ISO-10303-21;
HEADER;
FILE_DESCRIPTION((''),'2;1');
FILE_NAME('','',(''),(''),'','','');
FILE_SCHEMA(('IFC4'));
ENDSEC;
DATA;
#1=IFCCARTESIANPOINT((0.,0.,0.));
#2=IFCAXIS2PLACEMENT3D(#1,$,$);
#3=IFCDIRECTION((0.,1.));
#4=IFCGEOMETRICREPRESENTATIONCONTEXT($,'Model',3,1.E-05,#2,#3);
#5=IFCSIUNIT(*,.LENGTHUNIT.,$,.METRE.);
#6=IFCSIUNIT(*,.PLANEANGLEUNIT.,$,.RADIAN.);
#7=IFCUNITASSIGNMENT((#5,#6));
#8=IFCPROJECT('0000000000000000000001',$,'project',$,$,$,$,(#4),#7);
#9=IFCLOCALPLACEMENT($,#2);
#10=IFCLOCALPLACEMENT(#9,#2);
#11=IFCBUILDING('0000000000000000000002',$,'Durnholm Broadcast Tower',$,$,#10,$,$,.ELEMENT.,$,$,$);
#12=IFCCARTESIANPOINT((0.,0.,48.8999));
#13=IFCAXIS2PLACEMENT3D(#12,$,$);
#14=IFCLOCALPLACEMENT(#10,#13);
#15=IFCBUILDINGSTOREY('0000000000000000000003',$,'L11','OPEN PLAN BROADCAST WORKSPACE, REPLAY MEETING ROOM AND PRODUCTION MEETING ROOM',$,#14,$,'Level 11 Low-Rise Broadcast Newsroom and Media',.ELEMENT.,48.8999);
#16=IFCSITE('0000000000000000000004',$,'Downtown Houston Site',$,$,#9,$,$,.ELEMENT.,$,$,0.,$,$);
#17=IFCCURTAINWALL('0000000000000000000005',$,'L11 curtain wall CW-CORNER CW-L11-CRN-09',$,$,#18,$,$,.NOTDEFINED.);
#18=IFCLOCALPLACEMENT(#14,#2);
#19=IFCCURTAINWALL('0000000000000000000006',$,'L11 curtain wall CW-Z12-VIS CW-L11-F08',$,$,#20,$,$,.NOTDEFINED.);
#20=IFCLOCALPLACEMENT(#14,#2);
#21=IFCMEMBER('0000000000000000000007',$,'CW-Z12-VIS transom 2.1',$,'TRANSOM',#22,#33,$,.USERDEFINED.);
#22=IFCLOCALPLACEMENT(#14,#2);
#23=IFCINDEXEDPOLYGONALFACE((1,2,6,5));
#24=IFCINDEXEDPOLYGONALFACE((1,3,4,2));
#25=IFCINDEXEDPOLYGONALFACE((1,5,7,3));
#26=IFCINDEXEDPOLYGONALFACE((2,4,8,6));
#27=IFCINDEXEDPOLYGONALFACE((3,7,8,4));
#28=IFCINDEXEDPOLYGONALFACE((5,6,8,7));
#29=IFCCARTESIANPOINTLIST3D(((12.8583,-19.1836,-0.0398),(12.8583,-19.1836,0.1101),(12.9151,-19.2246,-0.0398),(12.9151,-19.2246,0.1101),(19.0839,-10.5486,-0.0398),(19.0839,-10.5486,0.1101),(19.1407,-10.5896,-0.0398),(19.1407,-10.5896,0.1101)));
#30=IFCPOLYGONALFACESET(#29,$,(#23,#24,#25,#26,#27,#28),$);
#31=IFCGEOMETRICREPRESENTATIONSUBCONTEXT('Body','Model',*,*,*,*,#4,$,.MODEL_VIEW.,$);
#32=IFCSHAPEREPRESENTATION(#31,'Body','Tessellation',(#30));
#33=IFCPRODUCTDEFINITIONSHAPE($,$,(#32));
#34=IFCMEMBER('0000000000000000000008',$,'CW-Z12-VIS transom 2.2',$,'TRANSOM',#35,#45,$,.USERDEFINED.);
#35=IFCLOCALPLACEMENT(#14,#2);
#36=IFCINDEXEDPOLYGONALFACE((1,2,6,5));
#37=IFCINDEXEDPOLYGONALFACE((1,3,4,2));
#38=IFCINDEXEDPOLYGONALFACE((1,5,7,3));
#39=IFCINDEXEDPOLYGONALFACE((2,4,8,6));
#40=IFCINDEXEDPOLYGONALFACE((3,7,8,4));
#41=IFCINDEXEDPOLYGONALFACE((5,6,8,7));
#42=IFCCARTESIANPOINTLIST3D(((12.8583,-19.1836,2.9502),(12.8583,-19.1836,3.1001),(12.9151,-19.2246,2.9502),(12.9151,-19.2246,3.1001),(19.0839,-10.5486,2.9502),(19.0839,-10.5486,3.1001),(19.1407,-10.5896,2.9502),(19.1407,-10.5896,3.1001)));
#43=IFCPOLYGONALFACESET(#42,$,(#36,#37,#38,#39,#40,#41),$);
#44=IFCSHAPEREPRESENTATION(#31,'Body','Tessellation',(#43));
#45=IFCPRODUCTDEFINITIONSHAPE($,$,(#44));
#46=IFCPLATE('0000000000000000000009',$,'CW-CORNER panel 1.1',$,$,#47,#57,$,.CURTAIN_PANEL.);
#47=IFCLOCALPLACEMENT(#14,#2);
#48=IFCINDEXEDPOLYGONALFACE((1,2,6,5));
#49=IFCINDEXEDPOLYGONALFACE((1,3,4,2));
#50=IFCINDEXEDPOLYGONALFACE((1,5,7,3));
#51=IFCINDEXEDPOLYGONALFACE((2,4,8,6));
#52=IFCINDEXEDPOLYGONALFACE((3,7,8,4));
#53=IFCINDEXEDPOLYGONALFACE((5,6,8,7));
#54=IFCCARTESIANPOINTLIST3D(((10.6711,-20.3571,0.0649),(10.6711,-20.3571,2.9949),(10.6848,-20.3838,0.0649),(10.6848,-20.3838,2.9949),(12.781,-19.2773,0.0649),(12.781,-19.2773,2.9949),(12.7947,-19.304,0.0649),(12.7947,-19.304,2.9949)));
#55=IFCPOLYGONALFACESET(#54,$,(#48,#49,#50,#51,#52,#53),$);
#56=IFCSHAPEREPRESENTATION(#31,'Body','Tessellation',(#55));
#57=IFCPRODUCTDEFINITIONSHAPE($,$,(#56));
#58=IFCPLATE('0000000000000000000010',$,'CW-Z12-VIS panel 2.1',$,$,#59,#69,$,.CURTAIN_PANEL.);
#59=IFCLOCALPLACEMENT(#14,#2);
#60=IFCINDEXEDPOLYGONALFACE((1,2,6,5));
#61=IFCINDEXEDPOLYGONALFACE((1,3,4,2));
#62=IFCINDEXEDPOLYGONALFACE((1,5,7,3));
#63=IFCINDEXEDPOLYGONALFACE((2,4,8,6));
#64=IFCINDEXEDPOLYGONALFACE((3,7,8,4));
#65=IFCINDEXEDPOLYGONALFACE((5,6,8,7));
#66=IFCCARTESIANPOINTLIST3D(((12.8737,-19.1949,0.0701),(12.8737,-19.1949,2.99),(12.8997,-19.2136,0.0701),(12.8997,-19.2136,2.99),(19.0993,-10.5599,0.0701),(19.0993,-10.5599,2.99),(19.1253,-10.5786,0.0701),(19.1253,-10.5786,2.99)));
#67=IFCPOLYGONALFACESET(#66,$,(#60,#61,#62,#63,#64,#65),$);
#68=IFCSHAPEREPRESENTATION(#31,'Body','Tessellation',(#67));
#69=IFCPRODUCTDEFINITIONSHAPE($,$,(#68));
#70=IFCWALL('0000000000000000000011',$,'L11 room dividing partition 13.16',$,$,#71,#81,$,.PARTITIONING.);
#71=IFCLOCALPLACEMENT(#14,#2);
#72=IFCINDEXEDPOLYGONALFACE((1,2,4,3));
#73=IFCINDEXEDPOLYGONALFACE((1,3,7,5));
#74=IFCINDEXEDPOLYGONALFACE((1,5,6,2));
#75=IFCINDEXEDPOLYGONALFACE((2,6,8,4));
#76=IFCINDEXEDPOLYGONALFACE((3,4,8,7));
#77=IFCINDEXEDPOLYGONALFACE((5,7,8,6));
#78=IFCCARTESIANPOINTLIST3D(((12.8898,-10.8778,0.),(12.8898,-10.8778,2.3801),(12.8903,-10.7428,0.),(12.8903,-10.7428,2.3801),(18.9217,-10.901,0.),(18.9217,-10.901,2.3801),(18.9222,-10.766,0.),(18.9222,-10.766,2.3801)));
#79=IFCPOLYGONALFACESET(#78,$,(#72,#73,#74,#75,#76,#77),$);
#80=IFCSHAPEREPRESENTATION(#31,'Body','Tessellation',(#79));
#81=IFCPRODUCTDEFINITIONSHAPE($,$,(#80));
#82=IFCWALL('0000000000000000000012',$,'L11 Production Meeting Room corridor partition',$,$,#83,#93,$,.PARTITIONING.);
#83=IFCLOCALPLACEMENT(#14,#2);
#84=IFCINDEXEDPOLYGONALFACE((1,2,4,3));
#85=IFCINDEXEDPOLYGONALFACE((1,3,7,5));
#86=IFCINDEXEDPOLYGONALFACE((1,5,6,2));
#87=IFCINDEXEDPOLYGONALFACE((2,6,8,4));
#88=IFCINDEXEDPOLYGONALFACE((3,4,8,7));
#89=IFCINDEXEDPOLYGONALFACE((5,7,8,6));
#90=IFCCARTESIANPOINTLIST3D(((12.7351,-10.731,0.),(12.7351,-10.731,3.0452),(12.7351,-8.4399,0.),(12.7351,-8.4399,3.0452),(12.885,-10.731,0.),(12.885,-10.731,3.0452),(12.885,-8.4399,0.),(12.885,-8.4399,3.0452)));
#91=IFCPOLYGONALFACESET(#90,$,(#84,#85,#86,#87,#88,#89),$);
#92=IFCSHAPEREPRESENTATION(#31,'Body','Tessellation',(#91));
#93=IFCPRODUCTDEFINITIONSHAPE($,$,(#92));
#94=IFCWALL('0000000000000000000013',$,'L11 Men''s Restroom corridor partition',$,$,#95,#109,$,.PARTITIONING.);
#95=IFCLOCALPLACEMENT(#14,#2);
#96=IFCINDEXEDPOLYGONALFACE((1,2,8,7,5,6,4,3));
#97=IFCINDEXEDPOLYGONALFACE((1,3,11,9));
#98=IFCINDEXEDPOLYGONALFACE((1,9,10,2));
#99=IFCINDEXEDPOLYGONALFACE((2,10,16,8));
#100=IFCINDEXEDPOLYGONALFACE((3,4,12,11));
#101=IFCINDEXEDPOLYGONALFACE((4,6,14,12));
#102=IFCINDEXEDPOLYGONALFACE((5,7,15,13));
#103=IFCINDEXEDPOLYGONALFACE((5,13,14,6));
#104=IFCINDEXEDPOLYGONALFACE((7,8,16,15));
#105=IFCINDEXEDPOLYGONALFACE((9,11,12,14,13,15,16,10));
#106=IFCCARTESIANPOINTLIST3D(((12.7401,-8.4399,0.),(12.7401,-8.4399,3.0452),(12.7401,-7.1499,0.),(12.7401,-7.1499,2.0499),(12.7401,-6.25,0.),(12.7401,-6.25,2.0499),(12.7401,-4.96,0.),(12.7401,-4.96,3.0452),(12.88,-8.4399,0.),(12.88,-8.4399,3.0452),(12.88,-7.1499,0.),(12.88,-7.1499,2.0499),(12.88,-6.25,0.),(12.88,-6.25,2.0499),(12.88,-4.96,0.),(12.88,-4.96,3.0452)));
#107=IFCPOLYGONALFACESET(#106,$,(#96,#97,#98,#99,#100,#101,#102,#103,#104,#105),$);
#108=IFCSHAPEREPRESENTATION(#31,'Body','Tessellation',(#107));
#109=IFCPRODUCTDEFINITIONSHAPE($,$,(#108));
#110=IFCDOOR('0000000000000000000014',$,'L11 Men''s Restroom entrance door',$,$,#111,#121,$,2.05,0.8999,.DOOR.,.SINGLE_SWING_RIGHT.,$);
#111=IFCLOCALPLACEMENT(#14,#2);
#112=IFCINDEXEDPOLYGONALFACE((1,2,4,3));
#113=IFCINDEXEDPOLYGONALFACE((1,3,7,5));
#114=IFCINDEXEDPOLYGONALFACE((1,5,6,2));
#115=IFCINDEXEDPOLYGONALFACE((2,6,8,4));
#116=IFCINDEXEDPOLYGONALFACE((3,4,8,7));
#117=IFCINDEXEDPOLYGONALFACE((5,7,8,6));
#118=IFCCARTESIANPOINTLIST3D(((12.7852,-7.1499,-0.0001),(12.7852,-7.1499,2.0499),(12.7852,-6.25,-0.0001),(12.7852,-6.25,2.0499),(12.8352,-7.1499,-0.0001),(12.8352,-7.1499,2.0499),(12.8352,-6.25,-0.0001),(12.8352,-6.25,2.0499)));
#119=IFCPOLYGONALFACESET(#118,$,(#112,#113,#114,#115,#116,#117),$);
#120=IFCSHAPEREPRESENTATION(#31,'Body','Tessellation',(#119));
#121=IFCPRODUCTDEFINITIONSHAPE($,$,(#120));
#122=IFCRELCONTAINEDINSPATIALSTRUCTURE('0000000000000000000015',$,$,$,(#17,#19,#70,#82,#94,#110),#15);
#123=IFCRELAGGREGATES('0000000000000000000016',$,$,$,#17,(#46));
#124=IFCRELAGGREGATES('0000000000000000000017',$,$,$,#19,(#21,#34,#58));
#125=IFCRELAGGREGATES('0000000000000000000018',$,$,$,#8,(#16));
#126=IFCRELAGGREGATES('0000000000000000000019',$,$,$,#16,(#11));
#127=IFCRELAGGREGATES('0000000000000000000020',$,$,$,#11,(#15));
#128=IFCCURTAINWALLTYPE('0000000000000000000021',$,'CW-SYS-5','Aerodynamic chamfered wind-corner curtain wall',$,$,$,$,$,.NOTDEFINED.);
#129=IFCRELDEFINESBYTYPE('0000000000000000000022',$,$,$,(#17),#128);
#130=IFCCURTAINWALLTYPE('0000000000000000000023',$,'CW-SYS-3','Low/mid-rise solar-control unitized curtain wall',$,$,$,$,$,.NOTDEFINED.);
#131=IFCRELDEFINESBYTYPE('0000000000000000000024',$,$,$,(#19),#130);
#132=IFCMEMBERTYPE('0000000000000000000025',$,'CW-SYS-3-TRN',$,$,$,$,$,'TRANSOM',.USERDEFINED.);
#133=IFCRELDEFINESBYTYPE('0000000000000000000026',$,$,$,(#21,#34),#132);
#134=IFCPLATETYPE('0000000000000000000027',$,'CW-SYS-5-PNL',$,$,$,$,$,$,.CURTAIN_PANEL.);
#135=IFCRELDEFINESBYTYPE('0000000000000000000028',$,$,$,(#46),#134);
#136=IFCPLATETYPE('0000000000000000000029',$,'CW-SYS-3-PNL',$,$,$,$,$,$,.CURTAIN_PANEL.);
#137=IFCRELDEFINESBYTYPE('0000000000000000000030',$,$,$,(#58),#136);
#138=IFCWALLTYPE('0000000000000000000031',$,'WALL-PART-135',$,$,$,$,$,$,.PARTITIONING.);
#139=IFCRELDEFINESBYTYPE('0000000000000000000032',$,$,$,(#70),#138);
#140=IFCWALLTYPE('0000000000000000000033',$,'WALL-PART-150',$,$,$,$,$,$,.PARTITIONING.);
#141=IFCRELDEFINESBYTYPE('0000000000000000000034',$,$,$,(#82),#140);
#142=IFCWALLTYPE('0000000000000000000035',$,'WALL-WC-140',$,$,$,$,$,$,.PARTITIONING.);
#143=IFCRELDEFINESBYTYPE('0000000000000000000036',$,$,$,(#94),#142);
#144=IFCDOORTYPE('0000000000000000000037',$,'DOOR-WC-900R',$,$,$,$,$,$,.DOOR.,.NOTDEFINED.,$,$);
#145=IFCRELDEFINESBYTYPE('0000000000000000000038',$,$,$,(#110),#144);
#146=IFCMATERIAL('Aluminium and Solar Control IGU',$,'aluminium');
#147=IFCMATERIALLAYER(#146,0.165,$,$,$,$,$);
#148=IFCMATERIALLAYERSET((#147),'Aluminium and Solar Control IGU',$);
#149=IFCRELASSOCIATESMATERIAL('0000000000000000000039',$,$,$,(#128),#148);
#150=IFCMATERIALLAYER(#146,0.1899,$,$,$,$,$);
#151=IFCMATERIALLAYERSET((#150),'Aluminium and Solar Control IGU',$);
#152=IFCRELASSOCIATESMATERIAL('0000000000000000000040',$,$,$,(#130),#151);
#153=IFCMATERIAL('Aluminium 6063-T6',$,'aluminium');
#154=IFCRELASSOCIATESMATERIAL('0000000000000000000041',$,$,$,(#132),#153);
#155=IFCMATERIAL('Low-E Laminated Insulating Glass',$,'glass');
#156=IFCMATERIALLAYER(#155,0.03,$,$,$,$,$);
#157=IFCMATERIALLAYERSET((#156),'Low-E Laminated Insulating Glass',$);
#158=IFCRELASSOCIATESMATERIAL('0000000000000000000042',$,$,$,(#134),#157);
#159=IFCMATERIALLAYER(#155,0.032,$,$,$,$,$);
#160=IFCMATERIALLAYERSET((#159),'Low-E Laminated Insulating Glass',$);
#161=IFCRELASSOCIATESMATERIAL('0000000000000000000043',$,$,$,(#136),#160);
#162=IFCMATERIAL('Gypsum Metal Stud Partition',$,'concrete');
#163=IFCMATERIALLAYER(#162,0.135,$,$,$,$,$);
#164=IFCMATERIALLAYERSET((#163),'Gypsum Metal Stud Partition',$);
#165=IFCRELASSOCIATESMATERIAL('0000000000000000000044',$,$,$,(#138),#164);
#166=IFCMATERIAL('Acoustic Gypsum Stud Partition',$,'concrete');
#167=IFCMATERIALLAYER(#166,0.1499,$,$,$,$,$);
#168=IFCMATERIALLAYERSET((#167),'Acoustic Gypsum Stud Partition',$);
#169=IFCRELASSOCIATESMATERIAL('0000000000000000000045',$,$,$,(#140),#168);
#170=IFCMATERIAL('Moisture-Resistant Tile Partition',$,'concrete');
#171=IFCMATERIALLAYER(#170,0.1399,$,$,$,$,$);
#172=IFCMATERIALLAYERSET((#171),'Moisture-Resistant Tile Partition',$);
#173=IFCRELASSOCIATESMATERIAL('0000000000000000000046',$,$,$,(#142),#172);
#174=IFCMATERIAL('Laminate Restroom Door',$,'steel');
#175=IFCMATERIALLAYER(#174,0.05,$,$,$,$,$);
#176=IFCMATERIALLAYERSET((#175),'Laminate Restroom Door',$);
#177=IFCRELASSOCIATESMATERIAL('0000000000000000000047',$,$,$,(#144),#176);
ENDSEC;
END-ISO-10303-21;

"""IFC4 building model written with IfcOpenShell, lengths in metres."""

from ifc_helpers import new_model, si_unit, direction, frame, frame_2d, origin, origin_2d, place, context, subcontext, project, spatial, rectangle, extrude, source, transform, mapped, material, layer, layer_set, material_profile, profile_set, type_object, type_shapes, element, fill, aggregate, save


model = new_model("IFC4")

# Units and contexts
model_context = context("Model", 3, precision=1e-05, world=origin(), true_north=direction((0.0, 1.0)))
body_context = subcontext(model_context, "Body", "Model", "MODEL_VIEW")
ifc_project = project(units=[si_unit("LENGTHUNIT", "METRE"), si_unit("PLANEANGLEUNIT", "RADIAN")], contexts=[model_context])

# Site, building, storey
site_placement = place(None, origin())
site = spatial("IfcSite", under=ifc_project, at=site_placement, Name="Downtown Houston Site", CompositionType="ELEMENT", RefElevation=0.0)
building_placement = place(site_placement, origin())
building = spatial("IfcBuilding", under=site, at=building_placement, Name="Durnholm Broadcast Tower", CompositionType="ELEMENT")
storey_placement = place(building_placement, frame((0.0, 0.0, 48.8999)))
storey = spatial("IfcBuildingStorey", under=building, at=storey_placement, Name="L11", Description="OPEN PLAN BROADCAST WORKSPACE, REPLAY MEETING ROOM AND PRODUCTION MEETING ROOM", LongName="Level 11 Low-Rise Broadcast Newsroom and Media", CompositionType="ELEMENT", Elevation=48.8999)

# Curtain walls, members
ifc_material_1 = material(Name="Aluminium and Solar Control IGU", Category="aluminium")
ifc_layer_1 = layer(ifc_material_1, 0.165)
ifc_layer_set_1 = layer_set([ifc_layer_1], Name="Aluminium and Solar Control IGU")
curtain_wall_type_1 = type_object("IfcCurtainWallType", Name="CW-SYS-5", Description="Aerodynamic chamfered wind-corner curtain wall", PredefinedType="NOTDEFINED", material=ifc_layer_set_1)
curtain_wall_1_placement = place(storey_placement, origin())
curtain_wall_1 = element("IfcCurtainWall", 1, at=curtain_wall_1_placement, inside=storey, type_object=curtain_wall_type_1, Name="L11 curtain wall CW-CORNER CW-L11-CRN-09", PredefinedType="NOTDEFINED")
ifc_material_2 = material(Name="Aluminium 6063-T6", Category="aluminium")
ifc_layer_2 = layer(ifc_material_1, 0.1899)
ifc_layer_set_2 = layer_set([ifc_layer_2], Name="Aluminium and Solar Control IGU")
curtain_wall_type_2 = type_object("IfcCurtainWallType", Name="CW-SYS-3", Description="Low/mid-rise solar-control unitized curtain wall", PredefinedType="NOTDEFINED", material=ifc_layer_set_2)
curtain_wall_2_placement = place(storey_placement, origin())
curtain_wall_2 = element("IfcCurtainWall", 2, at=curtain_wall_2_placement, inside=storey, type_object=curtain_wall_type_2, Name="L11 curtain wall CW-Z12-VIS CW-L11-F08", PredefinedType="NOTDEFINED")
ifc_material_profile_1 = material_profile(ifc_material_2, rectangle(XDim=0.0701, YDim=0.1499, at=origin_2d()), Name="CWT70X150")
ifc_profile_set_1 = profile_set([ifc_material_profile_1], Name="Aluminium 6063-T6")
member_type_1 = type_object("IfcMemberType", Name="CW-SYS-3-TRN", ElementType="TRANSOM", PredefinedType="USERDEFINED", material=ifc_profile_set_1)
shared_shape_1 = source(origin(), body_context, "Body", "SweptSolid", [
    extrude(rectangle(XDim=0.0701, YDim=0.1499, at=origin_2d()), origin(), (0.0, 0.0, 1.0), 10.6453),
])
type_shapes(member_type_1, [shared_shape_1])
member_1_placement = place(storey_placement, frame((19.1123, -10.5691, 0.0352), z_axis=(-0.584823, -0.811161, 0.0), x_axis=(0.811161, -0.584823, 0.0)))
member_1 = element("IfcMember", 3, at=member_1_placement, type_object=member_type_1, Name="CW-Z12-VIS transom 2.1", ObjectType="TRANSOM", PredefinedType="USERDEFINED", context=body_context, shape_type="MappedRepresentation", body=[
    mapped(shared_shape_1, transform((0.0, 0.0, 0.0), x_axis=(1.0, 0.0, 0.0), y_axis=(0.0, 1.0, 0.0), z_axis=(0.0, 0.0, 1.0), scale=1.0)),
])
member_2_placement = place(storey_placement, frame((19.1123, -10.5691, 3.0251), z_axis=(-0.584823, -0.811161, 0.0), x_axis=(0.811161, -0.584823, 0.0)))
member_2 = element("IfcMember", 4, at=member_2_placement, type_object=member_type_1, Name="CW-Z12-VIS transom 2.2", ObjectType="TRANSOM", PredefinedType="USERDEFINED", context=body_context, shape_type="MappedRepresentation", body=[
    mapped(shared_shape_1, transform((0.0, 0.0, 0.0), x_axis=(1.0, 0.0, 0.0), y_axis=(0.0, 1.0, 0.0), z_axis=(0.0, 0.0, 1.0), scale=1.0)),
])

# Plates
ifc_material_3 = material(Name="Low-E Laminated Insulating Glass", Category="glass")
ifc_layer_3 = layer(ifc_material_3, 0.03)
ifc_layer_set_3 = layer_set([ifc_layer_3], Name="Low-E Laminated Insulating Glass")
plate_type_1 = type_object("IfcPlateType", Name="CW-SYS-5-PNL", PredefinedType="CURTAIN_PANEL", material=ifc_layer_set_3)
shared_shape_2 = source(origin(), body_context, "Body", "SweptSolid", [
    extrude(rectangle(XDim=2.3701, YDim=0.03, at=origin_2d()), origin(), (0.0, 0.0, 1.0), 2.9299),
])
type_shapes(plate_type_1, [shared_shape_2])
plate_1_placement = place(storey_placement, frame((11.7329, -19.8306, 0.0649), z_axis=(0.0, 0.0, 1.0), x_axis=(-0.890188, -0.455594, 0.0)))
plate_1 = element("IfcPlate", 5, at=plate_1_placement, type_object=plate_type_1, Name="CW-CORNER panel 1.1", PredefinedType="CURTAIN_PANEL", context=body_context, shape_type="MappedRepresentation", body=[
    mapped(shared_shape_2, transform((0.0, 0.0, 0.0), x_axis=(1.0, 0.0, 0.0), y_axis=(0.0, 1.0, 0.0), z_axis=(0.0, 0.0, 1.0), scale=1.0)),
])
aggregate(curtain_wall_1, [plate_1])
ifc_layer_4 = layer(ifc_material_3, 0.032)
ifc_layer_set_4 = layer_set([ifc_layer_4], Name="Low-E Laminated Insulating Glass")
plate_type_2 = type_object("IfcPlateType", Name="CW-SYS-3-PNL", PredefinedType="CURTAIN_PANEL", material=ifc_layer_set_4)
shared_shape_3 = source(origin(), body_context, "Body", "SweptSolid", [
    extrude(rectangle(XDim=10.6453, YDim=0.032, at=origin_2d()), origin(), (0.0, 0.0, 1.0), 2.9199),
])
type_shapes(plate_type_2, [shared_shape_3])
plate_2_placement = place(storey_placement, frame((15.9995, -14.8867, 0.0701), z_axis=(0.0, 0.0, 1.0), x_axis=(-0.584823, -0.811161, 0.0)))
plate_2 = element("IfcPlate", 6, at=plate_2_placement, type_object=plate_type_2, Name="CW-Z12-VIS panel 2.1", PredefinedType="CURTAIN_PANEL", context=body_context, shape_type="MappedRepresentation", body=[
    mapped(shared_shape_3, transform((0.0, 0.0, 0.0), x_axis=(1.0, 0.0, 0.0), y_axis=(0.0, 1.0, 0.0), z_axis=(0.0, 0.0, 1.0), scale=1.0)),
])
aggregate(curtain_wall_2, [member_1, member_2, plate_2])

# Walls
ifc_material_4 = material(Name="Gypsum Metal Stud Partition", Category="concrete")
ifc_layer_5 = layer(ifc_material_4, 0.135)
ifc_layer_set_5 = layer_set([ifc_layer_5], Name="Gypsum Metal Stud Partition")
wall_type_1 = type_object("IfcWallType", Name="WALL-PART-135", PredefinedType="PARTITIONING", material=ifc_layer_set_5)
wall_1_placement = place(storey_placement, frame((12.8899, -10.8103, 0.0), z_axis=(0.0, 0.0, 1.0), x_axis=(0.999993, -0.003845, 0.0)))
element("IfcWall", 7, at=wall_1_placement, inside=storey, type_object=wall_type_1, Name="L11 room dividing partition 13.16", PredefinedType="PARTITIONING", context=body_context, shape_type="SweptSolid", body=[
    extrude(rectangle(XDim=6.032, YDim=0.135, at=frame_2d((3.0161, 0.0))), origin(), (0.0, 0.0, 1.0), 2.3801),
])
ifc_material_5 = material(Name="Acoustic Gypsum Stud Partition", Category="concrete")
ifc_layer_6 = layer(ifc_material_5, 0.1499)
ifc_layer_set_6 = layer_set([ifc_layer_6], Name="Acoustic Gypsum Stud Partition")
wall_type_2 = type_object("IfcWallType", Name="WALL-PART-150", PredefinedType="PARTITIONING", material=ifc_layer_set_6)
wall_2_placement = place(storey_placement, frame((12.8101, -10.731, 0.0), z_axis=(0.0, 0.0, 1.0), x_axis=(0.0, 1.0, 0.0)))
element("IfcWall", 8, at=wall_2_placement, inside=storey, type_object=wall_type_2, Name="L11 Production Meeting Room corridor partition", PredefinedType="PARTITIONING", context=body_context, shape_type="SweptSolid", body=[
    extrude(rectangle(XDim=2.291, YDim=0.1499, at=frame_2d((1.1455, 0.0))), origin(), (0.0, 0.0, 1.0), 3.0452),
])

# Wall, opening, door
ifc_material_6 = material(Name="Moisture-Resistant Tile Partition", Category="concrete")
ifc_layer_7 = layer(ifc_material_6, 0.1399)
ifc_layer_set_7 = layer_set([ifc_layer_7], Name="Moisture-Resistant Tile Partition")
wall_type_3 = type_object("IfcWallType", Name="WALL-WC-140", PredefinedType="PARTITIONING", material=ifc_layer_set_7)
wall_3_placement = place(storey_placement, frame((12.8101, -8.4399, 0.0), z_axis=(0.0, 0.0, 1.0), x_axis=(0.0, 1.0, 0.0)))
wall_3 = element("IfcWall", 9, at=wall_3_placement, inside=storey, type_object=wall_type_3, Name="L11 Men's Restroom corridor partition", PredefinedType="PARTITIONING", context=body_context, shape_type="SweptSolid", body=[
    extrude(rectangle(XDim=3.48, YDim=0.1399, at=frame_2d((1.74, 0.0))), origin(), (0.0, 0.0, 1.0), 3.0452),
])
opening_placement = place(wall_3_placement, frame((1.29, 0.0, 0.0)))
opening = element("IfcOpeningElement", 10, at=opening_placement, cuts=wall_3, PredefinedType="OPENING", context=body_context, shape_type="SweptSolid", body=[
    extrude(rectangle(XDim=0.8999, YDim=2.05, at=frame_2d((0.45, 1.0249))), frame((0.0, 0.0801, 0.0), z_axis=(0.0, -1.0, 0.0), x_axis=(1.0, 0.0, 0.0)), (0.0, 0.0, 1.0), 0.1599),
])
ifc_material_7 = material(Name="Laminate Restroom Door", Category="steel")
ifc_layer_8 = layer(ifc_material_7, 0.05)
ifc_layer_set_8 = layer_set([ifc_layer_8], Name="Laminate Restroom Door")
door_type = type_object("IfcDoorType", Name="DOOR-WC-900R", OperationType="NOTDEFINED", PredefinedType="DOOR", material=ifc_layer_set_8)
shared_shape_4 = source(origin(), body_context, "Body", "SweptSolid", [
    extrude(rectangle(XDim=0.8999, YDim=2.05, at=frame_2d((0.45, 1.0249))), frame((0.0, 0.0249, 0.0), z_axis=(0.0, -1.0, 0.0), x_axis=(1.0, 0.0, 0.0)), (0.0, 0.0, 1.0), 0.05),
])
type_shapes(door_type, [shared_shape_4])
door_placement = place(opening_placement, origin())
door = element("IfcDoor", 11, at=door_placement, inside=storey, type_object=door_type, Name="L11 Men's Restroom entrance door", OperationType="SINGLE_SWING_RIGHT", OverallHeight=2.05, OverallWidth=0.8999, PredefinedType="DOOR", context=body_context, shape_type="MappedRepresentation", body=[
    mapped(shared_shape_4, transform((0.0, 0.0, 0.0), x_axis=(1.0, 0.0, 0.0), y_axis=(0.0, 1.0, 0.0), z_axis=(0.0, 0.0, 1.0), scale=1.0)),
])
fill(opening, door)

save(model, "model.ifc")
